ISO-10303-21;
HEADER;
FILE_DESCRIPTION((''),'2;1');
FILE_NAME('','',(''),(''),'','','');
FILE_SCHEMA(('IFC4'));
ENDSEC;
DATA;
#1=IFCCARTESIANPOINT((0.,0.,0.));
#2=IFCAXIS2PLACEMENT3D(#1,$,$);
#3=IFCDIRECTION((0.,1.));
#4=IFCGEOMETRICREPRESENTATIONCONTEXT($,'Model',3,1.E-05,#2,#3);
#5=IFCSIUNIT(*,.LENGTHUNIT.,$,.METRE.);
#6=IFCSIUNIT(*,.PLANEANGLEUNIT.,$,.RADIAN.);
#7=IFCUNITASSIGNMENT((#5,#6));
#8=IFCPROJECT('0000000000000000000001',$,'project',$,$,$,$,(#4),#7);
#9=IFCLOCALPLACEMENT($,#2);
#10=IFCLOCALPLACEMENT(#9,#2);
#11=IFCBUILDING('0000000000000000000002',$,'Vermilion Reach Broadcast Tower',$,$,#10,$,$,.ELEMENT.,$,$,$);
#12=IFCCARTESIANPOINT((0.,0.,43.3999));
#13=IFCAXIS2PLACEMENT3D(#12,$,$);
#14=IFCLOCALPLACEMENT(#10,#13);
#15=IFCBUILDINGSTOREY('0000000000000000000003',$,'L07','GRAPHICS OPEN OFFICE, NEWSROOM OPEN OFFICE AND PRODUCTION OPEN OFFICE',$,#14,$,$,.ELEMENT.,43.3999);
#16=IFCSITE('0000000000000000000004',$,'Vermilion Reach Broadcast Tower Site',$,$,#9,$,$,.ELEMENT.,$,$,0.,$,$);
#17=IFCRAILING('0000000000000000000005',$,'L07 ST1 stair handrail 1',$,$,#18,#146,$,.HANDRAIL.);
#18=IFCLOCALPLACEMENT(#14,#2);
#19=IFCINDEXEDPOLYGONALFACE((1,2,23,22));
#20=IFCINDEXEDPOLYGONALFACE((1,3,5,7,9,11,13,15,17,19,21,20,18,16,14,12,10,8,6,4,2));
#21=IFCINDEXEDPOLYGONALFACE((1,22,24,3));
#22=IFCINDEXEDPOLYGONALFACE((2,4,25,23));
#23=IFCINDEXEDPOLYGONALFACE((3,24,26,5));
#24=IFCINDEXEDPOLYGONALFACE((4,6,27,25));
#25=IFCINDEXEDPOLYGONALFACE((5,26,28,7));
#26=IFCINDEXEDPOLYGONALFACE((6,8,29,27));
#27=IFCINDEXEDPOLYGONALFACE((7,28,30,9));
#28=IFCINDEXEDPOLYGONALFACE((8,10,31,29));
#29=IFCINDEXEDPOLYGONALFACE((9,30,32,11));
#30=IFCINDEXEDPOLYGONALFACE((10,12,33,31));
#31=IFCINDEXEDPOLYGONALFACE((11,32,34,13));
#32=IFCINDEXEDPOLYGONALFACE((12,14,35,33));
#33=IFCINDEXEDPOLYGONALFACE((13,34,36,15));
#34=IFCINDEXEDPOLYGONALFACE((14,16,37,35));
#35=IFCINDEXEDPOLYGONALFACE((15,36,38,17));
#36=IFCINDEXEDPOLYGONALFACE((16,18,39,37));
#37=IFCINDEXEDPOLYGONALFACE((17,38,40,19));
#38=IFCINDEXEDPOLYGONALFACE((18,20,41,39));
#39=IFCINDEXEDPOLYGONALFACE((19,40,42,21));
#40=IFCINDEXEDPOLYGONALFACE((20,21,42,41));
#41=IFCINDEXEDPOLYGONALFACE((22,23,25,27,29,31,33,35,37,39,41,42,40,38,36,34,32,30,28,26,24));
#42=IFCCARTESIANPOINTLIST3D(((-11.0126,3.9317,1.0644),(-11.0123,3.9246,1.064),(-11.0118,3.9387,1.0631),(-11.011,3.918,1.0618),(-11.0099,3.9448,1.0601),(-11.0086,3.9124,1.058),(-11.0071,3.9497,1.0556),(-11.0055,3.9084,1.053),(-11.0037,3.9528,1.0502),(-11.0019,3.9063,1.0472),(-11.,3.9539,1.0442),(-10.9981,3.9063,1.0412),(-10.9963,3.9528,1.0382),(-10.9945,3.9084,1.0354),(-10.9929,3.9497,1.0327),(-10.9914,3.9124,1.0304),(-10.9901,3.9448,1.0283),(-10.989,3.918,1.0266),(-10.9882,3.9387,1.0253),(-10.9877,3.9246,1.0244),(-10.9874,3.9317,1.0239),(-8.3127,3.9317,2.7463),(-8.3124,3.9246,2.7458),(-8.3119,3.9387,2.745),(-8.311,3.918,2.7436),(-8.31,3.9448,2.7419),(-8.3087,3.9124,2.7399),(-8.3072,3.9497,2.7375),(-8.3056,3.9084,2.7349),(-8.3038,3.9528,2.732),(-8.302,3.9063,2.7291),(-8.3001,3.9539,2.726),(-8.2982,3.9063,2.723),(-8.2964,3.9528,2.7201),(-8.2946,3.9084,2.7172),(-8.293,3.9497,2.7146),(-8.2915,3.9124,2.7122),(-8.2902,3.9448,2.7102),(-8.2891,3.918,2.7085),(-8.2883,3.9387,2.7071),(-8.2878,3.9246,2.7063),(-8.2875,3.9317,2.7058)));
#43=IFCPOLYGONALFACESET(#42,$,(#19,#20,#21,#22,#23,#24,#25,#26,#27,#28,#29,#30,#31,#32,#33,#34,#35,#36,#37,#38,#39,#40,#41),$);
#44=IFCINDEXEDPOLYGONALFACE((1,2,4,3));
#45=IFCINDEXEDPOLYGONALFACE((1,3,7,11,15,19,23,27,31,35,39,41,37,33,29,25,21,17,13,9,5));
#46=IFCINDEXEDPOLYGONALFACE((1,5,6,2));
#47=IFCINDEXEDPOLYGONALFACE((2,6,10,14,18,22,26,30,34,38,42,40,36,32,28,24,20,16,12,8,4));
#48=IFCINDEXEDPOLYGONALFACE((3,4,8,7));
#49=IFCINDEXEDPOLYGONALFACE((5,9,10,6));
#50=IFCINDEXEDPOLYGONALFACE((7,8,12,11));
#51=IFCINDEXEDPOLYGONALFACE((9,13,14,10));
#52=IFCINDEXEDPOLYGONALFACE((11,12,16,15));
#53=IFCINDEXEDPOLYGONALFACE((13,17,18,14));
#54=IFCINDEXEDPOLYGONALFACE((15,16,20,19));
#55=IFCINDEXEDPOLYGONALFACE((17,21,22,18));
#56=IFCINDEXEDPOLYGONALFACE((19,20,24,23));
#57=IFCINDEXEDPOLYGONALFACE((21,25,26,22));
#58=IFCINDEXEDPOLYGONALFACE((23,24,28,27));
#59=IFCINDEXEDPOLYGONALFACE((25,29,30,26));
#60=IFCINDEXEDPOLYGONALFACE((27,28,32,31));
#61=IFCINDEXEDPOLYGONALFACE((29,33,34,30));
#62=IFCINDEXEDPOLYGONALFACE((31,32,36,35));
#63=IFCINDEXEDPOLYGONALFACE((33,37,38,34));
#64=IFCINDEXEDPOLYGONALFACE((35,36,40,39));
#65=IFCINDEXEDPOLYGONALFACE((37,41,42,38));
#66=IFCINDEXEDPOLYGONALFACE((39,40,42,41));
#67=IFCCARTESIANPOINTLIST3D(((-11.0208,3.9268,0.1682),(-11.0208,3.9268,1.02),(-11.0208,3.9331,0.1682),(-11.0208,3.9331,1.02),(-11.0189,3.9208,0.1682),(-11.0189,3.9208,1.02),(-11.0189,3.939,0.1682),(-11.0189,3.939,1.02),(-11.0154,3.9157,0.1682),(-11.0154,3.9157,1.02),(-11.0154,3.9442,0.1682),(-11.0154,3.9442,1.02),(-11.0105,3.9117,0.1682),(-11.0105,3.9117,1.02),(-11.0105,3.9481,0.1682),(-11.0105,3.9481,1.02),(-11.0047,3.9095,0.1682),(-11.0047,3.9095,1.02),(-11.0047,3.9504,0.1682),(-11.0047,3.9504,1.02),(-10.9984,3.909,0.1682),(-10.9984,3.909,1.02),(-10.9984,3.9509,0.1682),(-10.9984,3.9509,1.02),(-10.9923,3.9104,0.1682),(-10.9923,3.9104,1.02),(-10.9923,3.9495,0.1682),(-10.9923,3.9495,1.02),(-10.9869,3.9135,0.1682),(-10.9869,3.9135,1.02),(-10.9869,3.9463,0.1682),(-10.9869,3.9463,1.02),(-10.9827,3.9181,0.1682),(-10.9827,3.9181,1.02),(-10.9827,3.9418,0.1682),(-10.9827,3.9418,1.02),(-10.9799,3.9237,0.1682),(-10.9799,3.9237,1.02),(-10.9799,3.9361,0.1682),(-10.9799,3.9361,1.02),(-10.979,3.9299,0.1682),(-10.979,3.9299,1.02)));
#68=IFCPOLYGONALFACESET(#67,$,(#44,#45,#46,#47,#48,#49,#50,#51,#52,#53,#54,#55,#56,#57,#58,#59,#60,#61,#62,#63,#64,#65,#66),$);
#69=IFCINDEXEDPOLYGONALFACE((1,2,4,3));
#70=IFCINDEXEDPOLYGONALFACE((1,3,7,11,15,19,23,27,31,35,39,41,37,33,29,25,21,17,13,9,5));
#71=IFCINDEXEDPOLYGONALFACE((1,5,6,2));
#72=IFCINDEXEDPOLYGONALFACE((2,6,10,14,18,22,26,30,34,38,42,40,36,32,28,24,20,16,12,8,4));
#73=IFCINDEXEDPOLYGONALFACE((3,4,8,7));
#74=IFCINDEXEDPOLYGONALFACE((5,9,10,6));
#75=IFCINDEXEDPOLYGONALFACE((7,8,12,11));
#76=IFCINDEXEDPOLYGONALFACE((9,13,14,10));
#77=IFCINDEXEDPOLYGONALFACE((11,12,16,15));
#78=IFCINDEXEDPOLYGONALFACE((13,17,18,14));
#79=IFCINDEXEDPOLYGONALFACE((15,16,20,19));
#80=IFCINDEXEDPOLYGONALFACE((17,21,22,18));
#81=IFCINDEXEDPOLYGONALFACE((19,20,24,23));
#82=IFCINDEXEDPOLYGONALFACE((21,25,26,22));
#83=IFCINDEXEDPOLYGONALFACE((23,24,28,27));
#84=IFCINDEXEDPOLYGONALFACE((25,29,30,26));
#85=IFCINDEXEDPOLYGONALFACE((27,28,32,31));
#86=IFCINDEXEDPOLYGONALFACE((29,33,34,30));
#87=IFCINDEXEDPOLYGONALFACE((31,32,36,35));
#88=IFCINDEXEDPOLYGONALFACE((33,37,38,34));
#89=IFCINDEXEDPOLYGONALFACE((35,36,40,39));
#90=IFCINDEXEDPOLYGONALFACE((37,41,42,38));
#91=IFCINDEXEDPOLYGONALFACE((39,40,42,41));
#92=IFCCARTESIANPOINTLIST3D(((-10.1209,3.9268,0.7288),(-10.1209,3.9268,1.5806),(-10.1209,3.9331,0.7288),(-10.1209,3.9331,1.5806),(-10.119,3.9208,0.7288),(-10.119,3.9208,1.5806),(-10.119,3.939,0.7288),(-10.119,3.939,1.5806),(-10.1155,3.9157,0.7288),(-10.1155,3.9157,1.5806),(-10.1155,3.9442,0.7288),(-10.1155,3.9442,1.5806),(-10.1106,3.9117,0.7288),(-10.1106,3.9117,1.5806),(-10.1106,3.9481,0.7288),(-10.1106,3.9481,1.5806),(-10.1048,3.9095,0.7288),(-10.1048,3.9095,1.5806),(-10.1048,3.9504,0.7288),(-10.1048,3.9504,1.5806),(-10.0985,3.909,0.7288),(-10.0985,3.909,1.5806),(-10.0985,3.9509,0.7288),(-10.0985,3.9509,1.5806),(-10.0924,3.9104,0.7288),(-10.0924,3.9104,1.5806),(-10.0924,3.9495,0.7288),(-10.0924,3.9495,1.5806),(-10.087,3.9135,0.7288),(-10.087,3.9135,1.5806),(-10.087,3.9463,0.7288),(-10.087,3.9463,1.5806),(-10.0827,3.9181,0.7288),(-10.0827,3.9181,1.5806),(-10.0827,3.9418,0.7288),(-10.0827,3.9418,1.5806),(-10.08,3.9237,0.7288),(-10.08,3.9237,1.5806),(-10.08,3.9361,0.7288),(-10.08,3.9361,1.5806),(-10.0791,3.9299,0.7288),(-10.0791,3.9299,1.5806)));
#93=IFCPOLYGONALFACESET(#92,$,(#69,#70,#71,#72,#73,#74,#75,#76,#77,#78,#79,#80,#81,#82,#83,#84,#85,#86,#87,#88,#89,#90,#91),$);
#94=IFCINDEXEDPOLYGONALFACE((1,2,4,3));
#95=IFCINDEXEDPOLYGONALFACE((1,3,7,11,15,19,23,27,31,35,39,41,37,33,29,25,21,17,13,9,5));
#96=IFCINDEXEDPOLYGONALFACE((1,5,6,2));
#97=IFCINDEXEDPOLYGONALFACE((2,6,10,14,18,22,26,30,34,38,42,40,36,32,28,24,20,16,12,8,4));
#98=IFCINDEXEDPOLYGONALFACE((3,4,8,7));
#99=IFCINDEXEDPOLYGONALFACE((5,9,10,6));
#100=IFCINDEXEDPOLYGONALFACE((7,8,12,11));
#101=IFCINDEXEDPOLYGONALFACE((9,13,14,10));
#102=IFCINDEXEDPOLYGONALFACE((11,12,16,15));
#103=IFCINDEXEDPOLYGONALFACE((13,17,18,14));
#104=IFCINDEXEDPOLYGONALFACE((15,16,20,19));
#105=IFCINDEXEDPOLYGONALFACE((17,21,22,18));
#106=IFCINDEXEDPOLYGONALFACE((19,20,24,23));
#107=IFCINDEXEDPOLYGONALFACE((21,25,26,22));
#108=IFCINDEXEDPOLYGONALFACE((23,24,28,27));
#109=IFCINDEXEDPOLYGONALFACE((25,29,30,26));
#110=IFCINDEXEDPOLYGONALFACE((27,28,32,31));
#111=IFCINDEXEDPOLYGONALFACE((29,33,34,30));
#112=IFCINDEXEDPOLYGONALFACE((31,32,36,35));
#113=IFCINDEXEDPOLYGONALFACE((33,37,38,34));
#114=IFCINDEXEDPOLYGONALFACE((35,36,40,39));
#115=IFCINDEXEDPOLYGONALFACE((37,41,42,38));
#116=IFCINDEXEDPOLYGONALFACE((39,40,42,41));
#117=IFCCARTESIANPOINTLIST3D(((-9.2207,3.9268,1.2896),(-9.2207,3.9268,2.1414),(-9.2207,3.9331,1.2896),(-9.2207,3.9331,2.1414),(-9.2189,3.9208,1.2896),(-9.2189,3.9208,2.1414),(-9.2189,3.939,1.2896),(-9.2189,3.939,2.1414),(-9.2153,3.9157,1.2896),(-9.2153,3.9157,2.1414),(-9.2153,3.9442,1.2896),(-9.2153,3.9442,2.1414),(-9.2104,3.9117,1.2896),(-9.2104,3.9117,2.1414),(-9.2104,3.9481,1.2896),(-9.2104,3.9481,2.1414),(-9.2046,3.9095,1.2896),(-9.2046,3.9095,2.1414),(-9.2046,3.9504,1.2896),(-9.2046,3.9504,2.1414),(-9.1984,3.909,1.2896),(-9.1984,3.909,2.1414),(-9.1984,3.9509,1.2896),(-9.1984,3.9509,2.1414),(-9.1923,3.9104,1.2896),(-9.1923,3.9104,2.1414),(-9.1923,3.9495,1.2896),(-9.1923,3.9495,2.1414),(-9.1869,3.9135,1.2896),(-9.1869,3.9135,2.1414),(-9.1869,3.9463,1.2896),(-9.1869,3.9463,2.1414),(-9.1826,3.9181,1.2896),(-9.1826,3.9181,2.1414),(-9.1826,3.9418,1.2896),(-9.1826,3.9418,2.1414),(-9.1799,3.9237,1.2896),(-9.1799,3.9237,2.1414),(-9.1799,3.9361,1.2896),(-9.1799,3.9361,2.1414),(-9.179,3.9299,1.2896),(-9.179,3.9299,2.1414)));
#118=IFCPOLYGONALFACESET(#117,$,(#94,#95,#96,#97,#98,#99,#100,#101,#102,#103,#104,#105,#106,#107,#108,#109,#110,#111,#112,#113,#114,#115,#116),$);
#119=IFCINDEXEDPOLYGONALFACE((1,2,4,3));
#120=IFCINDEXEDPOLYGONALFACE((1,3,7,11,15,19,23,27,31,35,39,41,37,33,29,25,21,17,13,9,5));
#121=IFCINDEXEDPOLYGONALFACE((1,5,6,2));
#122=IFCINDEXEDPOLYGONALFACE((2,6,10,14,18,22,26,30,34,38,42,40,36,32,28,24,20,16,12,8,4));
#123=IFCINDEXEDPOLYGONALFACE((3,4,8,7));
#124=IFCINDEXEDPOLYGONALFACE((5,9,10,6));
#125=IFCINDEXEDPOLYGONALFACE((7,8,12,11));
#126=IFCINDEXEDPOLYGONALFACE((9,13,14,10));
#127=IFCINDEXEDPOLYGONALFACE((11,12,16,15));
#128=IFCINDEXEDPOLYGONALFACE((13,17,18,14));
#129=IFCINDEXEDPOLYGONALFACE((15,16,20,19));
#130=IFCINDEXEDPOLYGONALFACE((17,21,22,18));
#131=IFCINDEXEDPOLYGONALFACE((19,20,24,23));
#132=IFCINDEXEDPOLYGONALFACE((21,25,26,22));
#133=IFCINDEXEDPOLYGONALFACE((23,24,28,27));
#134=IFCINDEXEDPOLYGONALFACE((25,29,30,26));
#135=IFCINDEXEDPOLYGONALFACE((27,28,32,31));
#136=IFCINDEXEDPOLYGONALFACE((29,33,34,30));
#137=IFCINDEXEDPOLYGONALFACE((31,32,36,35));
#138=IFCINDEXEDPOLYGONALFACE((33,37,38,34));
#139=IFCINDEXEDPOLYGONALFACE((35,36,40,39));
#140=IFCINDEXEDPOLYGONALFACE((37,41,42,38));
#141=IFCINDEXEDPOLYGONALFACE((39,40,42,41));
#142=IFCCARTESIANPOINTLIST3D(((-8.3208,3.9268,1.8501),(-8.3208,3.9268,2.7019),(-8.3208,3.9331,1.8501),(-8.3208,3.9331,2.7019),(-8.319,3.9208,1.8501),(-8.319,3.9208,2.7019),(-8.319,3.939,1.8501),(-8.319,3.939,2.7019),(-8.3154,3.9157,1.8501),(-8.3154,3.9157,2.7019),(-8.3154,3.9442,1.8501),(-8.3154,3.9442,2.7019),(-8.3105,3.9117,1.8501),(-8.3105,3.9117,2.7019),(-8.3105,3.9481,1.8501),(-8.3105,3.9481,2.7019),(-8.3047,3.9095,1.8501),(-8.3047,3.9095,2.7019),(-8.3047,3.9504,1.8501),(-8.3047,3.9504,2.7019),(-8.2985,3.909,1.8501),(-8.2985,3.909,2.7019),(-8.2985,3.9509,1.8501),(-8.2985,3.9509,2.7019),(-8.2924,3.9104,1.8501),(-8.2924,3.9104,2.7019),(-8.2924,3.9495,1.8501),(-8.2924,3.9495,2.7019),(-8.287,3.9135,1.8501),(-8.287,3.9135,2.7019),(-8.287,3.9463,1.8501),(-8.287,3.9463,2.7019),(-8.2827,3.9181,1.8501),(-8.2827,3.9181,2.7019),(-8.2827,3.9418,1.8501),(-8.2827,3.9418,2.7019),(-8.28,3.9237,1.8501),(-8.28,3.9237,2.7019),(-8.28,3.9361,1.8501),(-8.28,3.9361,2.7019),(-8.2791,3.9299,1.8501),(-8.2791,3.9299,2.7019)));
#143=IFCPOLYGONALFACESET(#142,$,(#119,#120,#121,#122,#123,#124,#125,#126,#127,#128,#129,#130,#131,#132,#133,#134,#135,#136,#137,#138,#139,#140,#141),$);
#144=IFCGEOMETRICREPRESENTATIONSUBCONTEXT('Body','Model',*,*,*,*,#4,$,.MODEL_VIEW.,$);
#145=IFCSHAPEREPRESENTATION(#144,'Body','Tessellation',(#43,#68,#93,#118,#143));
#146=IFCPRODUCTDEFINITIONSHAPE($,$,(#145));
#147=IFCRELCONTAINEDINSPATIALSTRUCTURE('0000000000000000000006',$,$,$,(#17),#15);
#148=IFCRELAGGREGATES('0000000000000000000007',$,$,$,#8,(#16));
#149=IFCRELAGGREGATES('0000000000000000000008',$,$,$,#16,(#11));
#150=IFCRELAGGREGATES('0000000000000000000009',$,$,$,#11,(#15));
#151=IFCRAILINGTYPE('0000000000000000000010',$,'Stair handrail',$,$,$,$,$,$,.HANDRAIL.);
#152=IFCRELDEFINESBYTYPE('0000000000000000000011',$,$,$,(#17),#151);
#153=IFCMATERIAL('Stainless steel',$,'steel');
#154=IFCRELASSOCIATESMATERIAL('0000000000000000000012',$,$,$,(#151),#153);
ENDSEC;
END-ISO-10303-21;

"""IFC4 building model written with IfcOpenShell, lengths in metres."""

from ifc_helpers import new_model, si_unit, direction, frame, origin, origin_2d, place, context, subcontext, project, spatial, circle, extrude, material, type_object, element, save


model = new_model("IFC4")

# Units and contexts
model_context = context("Model", 3, precision=1e-05, world=origin(), true_north=direction((0.0, 1.0)))
body_context = subcontext(model_context, "Body", "Model", "MODEL_VIEW")
ifc_project = project(units=[si_unit("LENGTHUNIT", "METRE"), si_unit("PLANEANGLEUNIT", "RADIAN")], contexts=[model_context])

# Site, building, storey
site_placement = place(None, origin())
site = spatial("IfcSite", under=ifc_project, at=site_placement, Name="Vermilion Reach Broadcast Tower Site", CompositionType="ELEMENT", RefElevation=0.0)
building_placement = place(site_placement, origin())
building = spatial("IfcBuilding", under=site, at=building_placement, Name="Vermilion Reach Broadcast Tower", CompositionType="ELEMENT")
storey_placement = place(building_placement, frame((0.0, 0.0, 43.3999)))
storey = spatial("IfcBuildingStorey", under=building, at=storey_placement, Name="L07", Description="GRAPHICS OPEN OFFICE, NEWSROOM OPEN OFFICE AND PRODUCTION OPEN OFFICE", CompositionType="ELEMENT", Elevation=43.3999)

# Railing
ifc_material_1 = material(Name="Stainless steel", Category="steel")
railing_type_1 = type_object("IfcRailingType", Name="Stair handrail", PredefinedType="HANDRAIL", material=ifc_material_1)
railing_1_placement = place(storey_placement, frame((-11.0, 3.9299, 0.1682)))
element("IfcRailing", 1, at=railing_1_placement, inside=storey, type_object=railing_type_1, Name="L07 ST1 stair handrail 1", PredefinedType="HANDRAIL", context=body_context, shape_type="SweptSolid", body=[
    extrude(circle(Radius=0.0239, at=origin_2d()), frame((0.0, 0.0, 0.876), z_axis=(0.848786, 0.0, 0.528736), x_axis=(0.0, 1.0, 0.0)), (0.0, 0.0, 1.0), 3.1809),
    extrude(circle(Radius=0.021, at=origin_2d()), origin(), (0.0, 0.0, 1.0), 0.8518),
    extrude(circle(Radius=0.021, at=origin_2d()), frame((0.8999, 0.0, 0.5605)), (0.0, 0.0, 1.0), 0.8518),
    extrude(circle(Radius=0.021, at=origin_2d()), frame((1.8, 0.0, 1.1213)), (0.0, 0.0, 1.0), 0.8518),
    extrude(circle(Radius=0.021, at=origin_2d()), frame((2.7, 0.0, 1.6819)), (0.0, 0.0, 1.0), 0.8518),
])

save(model, "model.ifc")
